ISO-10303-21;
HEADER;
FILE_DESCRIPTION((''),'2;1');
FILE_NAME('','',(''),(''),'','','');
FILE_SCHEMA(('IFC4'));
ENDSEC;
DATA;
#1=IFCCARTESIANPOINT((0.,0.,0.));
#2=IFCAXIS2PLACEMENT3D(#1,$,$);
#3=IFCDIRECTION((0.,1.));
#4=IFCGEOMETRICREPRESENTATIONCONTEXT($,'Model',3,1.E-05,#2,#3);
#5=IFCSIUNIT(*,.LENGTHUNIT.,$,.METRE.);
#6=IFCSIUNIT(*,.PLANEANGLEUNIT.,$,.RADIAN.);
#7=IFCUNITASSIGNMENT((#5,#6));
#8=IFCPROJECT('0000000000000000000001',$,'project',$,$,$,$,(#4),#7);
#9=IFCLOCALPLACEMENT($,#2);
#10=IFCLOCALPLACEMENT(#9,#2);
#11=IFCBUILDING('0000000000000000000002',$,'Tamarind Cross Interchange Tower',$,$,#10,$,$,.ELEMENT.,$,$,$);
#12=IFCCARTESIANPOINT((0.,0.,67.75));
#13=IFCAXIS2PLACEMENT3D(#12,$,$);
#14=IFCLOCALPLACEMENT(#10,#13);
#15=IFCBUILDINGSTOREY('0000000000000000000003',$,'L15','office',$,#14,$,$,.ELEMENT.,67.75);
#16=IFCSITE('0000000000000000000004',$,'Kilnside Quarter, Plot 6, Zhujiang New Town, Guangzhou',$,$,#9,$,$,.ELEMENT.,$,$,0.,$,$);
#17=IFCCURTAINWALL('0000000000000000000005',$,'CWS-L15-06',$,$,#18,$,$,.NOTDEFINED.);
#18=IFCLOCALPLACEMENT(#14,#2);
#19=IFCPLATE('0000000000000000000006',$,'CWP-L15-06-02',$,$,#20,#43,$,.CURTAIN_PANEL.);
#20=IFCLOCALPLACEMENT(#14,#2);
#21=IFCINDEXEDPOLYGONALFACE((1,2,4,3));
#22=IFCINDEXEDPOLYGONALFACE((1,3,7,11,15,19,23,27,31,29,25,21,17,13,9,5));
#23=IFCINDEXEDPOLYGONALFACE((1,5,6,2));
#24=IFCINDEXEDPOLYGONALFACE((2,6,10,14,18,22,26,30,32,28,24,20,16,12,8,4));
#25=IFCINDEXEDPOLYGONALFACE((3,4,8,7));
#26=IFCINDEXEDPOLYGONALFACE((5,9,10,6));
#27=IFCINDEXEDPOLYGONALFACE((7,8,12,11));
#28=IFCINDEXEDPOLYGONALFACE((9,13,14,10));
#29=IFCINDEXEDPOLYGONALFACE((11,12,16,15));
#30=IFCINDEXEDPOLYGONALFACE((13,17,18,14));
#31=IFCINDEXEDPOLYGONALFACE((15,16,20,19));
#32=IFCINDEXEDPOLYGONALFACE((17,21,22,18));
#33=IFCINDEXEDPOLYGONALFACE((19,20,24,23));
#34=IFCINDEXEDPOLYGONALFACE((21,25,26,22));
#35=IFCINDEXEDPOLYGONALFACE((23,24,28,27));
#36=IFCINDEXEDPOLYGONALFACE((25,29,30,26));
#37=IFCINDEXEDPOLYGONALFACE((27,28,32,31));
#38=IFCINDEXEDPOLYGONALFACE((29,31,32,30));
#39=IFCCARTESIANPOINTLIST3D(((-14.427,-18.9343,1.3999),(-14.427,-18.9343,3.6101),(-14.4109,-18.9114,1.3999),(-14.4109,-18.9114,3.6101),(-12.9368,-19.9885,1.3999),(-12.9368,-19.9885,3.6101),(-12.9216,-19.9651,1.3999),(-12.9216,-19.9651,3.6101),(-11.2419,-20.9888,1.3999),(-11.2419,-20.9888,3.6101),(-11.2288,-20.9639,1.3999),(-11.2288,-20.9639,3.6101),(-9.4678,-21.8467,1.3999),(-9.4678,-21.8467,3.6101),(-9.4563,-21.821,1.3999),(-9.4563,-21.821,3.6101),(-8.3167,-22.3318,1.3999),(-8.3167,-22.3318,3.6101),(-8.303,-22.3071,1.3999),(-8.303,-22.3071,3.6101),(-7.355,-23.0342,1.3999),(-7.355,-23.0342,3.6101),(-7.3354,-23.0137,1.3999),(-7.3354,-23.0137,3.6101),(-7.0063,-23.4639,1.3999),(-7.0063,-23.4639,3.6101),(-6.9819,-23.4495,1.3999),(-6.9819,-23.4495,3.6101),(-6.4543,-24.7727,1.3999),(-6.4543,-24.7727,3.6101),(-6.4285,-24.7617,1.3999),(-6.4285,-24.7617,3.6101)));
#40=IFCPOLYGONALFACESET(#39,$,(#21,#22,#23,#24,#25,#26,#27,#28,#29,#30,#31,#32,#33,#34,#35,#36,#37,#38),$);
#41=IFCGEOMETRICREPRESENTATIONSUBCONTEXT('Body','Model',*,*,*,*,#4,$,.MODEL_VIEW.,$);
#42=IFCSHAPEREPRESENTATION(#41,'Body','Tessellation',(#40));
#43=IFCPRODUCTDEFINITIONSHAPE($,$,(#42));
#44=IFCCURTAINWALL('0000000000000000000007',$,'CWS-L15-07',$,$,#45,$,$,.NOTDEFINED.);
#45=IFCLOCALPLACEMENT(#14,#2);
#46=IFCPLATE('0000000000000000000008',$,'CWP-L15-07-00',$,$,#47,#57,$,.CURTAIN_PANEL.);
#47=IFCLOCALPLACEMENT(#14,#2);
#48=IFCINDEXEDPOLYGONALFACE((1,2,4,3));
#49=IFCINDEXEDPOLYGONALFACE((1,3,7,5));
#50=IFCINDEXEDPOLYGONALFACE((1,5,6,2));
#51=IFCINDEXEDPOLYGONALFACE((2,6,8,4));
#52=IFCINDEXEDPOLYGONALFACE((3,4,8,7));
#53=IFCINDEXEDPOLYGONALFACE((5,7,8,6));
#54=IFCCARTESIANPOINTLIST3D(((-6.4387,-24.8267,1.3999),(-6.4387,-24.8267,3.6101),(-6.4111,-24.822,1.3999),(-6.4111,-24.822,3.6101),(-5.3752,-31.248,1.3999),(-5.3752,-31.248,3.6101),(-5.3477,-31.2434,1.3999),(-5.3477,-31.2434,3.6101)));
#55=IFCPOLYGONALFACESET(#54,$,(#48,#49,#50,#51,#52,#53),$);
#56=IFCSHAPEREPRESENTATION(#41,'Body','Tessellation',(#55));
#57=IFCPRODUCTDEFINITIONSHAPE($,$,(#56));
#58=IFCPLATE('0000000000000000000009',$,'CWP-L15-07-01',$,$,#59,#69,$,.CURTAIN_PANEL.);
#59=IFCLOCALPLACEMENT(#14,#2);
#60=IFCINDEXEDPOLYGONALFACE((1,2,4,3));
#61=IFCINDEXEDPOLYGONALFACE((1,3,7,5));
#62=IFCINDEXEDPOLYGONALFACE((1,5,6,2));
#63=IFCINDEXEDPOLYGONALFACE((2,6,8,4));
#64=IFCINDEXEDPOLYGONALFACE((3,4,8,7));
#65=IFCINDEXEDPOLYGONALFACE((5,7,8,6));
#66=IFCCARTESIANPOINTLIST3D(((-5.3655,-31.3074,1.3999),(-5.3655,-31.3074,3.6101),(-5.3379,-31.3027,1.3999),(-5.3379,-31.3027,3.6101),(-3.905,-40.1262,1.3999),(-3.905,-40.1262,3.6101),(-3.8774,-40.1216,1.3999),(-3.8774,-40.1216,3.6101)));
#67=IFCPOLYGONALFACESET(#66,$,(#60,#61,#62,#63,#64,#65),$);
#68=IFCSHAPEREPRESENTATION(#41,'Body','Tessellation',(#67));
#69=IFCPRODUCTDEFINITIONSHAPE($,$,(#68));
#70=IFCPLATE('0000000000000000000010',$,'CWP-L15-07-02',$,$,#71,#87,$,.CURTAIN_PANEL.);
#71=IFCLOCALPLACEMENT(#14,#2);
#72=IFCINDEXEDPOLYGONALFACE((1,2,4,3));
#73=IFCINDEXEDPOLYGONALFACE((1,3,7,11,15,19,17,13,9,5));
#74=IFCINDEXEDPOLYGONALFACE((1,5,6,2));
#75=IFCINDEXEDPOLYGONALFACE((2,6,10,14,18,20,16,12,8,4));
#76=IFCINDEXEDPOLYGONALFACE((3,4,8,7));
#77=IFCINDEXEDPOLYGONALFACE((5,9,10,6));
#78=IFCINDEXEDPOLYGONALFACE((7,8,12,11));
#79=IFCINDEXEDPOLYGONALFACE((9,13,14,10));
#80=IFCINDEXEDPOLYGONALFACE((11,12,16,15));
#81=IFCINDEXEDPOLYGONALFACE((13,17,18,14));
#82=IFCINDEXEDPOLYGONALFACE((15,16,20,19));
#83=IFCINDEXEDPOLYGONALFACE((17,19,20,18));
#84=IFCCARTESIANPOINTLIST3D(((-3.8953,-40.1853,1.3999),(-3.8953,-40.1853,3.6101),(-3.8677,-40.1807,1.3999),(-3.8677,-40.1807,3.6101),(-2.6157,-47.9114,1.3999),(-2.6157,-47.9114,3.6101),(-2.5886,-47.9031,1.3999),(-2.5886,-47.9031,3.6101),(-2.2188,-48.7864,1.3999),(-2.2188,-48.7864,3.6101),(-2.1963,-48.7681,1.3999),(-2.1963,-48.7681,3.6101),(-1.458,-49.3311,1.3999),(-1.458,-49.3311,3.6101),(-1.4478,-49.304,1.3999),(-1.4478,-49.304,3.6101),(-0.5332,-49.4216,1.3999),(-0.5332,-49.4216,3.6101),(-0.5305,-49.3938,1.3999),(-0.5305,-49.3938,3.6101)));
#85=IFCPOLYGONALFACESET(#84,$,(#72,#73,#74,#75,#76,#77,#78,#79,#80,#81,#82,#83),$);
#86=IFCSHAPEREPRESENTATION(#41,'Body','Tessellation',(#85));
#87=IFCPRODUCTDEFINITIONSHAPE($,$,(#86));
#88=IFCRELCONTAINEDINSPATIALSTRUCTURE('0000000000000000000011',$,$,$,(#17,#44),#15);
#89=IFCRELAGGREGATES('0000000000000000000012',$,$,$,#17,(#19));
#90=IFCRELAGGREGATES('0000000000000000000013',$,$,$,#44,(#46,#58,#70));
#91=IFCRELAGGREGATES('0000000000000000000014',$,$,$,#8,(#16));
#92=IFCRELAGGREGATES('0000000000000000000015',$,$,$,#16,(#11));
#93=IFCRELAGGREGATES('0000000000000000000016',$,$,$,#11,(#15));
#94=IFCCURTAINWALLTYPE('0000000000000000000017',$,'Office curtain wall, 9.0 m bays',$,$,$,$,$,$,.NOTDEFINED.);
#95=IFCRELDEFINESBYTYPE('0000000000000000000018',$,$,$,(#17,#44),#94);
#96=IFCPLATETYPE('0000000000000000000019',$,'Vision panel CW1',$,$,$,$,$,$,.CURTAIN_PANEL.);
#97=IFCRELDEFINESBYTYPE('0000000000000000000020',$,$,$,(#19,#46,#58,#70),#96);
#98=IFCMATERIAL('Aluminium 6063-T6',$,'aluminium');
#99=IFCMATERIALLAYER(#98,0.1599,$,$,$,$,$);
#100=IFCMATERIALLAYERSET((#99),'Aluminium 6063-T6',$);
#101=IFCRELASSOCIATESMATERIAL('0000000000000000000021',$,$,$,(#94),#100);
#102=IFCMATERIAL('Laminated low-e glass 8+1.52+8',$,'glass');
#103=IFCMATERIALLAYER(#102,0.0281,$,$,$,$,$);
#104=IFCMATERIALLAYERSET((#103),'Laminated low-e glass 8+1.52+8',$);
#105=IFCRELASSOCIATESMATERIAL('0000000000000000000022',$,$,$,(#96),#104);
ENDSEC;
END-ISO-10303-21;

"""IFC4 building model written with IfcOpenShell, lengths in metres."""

from ifc_helpers import new_model, si_unit, direction, frame, origin, place, context, subcontext, project, spatial, polyline, outline, extrude, material, layer, layer_set, type_object, element, aggregate, save


model = new_model("IFC4")

# Units and contexts
model_context = context("Model", 3, precision=1e-05, world=origin(), true_north=direction((0.0, 1.0)))
body_context = subcontext(model_context, "Body", "Model", "MODEL_VIEW")
ifc_project = project(units=[si_unit("LENGTHUNIT", "METRE"), si_unit("PLANEANGLEUNIT", "RADIAN")], contexts=[model_context])

# Site, building, storey
site_placement = place(None, origin())
site = spatial("IfcSite", under=ifc_project, at=site_placement, Name="Kilnside Quarter, Plot 6, Zhujiang New Town, Guangzhou", CompositionType="ELEMENT", RefElevation=0.0)
building_placement = place(site_placement, origin())
building = spatial("IfcBuilding", under=site, at=building_placement, Name="Tamarind Cross Interchange Tower", CompositionType="ELEMENT")
storey_placement = place(building_placement, frame((0.0, 0.0, 67.75)))
storey = spatial("IfcBuildingStorey", under=building, at=storey_placement, Name="L15", Description="office", CompositionType="ELEMENT", Elevation=67.75)

# Curtain wall
ifc_material_1 = material(Name="Aluminium 6063-T6", Category="aluminium")
ifc_layer_1 = layer(ifc_material_1, 0.1599)
ifc_layer_set_1 = layer_set([ifc_layer_1], Name="Aluminium 6063-T6")
curtain_wall_type = type_object("IfcCurtainWallType", Name="Office curtain wall, 9.0 m bays", PredefinedType="NOTDEFINED", material=ifc_layer_set_1)
curtain_wall_1_placement = place(storey_placement, origin())
curtain_wall_1 = element("IfcCurtainWall", 1, at=curtain_wall_1_placement, inside=storey, type_object=curtain_wall_type, Name="CWS-L15-06", PredefinedType="NOTDEFINED")

# Plate
ifc_material_2 = material(Name="Laminated low-e glass 8+1.52+8", Category="glass")
ifc_layer_2 = layer(ifc_material_2, 0.0281)
ifc_layer_set_2 = layer_set([ifc_layer_2], Name="Laminated low-e glass 8+1.52+8")
plate_type = type_object("IfcPlateType", Name="Vision panel CW1", PredefinedType="CURTAIN_PANEL", material=ifc_layer_set_2)
plate_1_placement = place(storey_placement, frame((0.0, 0.0, 1.3999)))
plate_1 = element("IfcPlate", 2, at=plate_1_placement, type_object=plate_type, Name="CWP-L15-06-02", PredefinedType="CURTAIN_PANEL", context=body_context, shape_type="SweptSolid", body=[
    extrude(outline(polyline([(-14.4109, -18.9114), (-12.9216, -19.9651), (-11.2288, -20.9639), (-9.4563, -21.821), (-8.303, -22.3071), (-7.3354, -23.0137), (-6.9819, -23.4495), (-6.4285, -24.7617), (-6.4543, -24.7727), (-7.0063, -23.4639), (-7.355, -23.0342), (-8.3167, -22.3318), (-9.4678, -21.8467), (-11.2419, -20.9888), (-12.9368, -19.9885), (-14.427, -18.9343), (-14.4109, -18.9114)])), origin(), (0.0, 0.0, 1.0), 2.2102),
])
aggregate(curtain_wall_1, [plate_1])

# Curtain wall, plates
curtain_wall_2_placement = place(storey_placement, origin())
curtain_wall_2 = element("IfcCurtainWall", 3, at=curtain_wall_2_placement, inside=storey, type_object=curtain_wall_type, Name="CWS-L15-07", PredefinedType="NOTDEFINED")
plate_2_placement = place(storey_placement, frame((0.0, 0.0, 1.3999)))
plate_2 = element("IfcPlate", 4, at=plate_2_placement, type_object=plate_type, Name="CWP-L15-07-00", PredefinedType="CURTAIN_PANEL", context=body_context, shape_type="SweptSolid", body=[
    extrude(outline(polyline([(-6.4111, -24.822), (-5.3477, -31.2434), (-5.3752, -31.248), (-6.4387, -24.8267), (-6.4111, -24.822)])), origin(), (0.0, 0.0, 1.0), 2.2102),
])
plate_3_placement = place(storey_placement, frame((0.0, 0.0, 1.3999)))
plate_3 = element("IfcPlate", 5, at=plate_3_placement, type_object=plate_type, Name="CWP-L15-07-01", PredefinedType="CURTAIN_PANEL", context=body_context, shape_type="SweptSolid", body=[
    extrude(outline(polyline([(-5.3379, -31.3027), (-3.8774, -40.1216), (-3.905, -40.1262), (-5.3655, -31.3074), (-5.3379, -31.3027)])), origin(), (0.0, 0.0, 1.0), 2.2102),
])
plate_4_placement = place(storey_placement, frame((0.0, 0.0, 1.3999)))
plate_4 = element("IfcPlate", 6, at=plate_4_placement, type_object=plate_type, Name="CWP-L15-07-02", PredefinedType="CURTAIN_PANEL", context=body_context, shape_type="SweptSolid", body=[
    extrude(outline(polyline([(-3.8677, -40.1807), (-2.5886, -47.9031), (-2.1963, -48.7681), (-1.4478, -49.304), (-0.5305, -49.3938), (-0.5332, -49.4216), (-1.458, -49.3311), (-2.2188, -48.7864), (-2.6157, -47.9114), (-3.8953, -40.1853), (-3.8677, -40.1807)])), origin(), (0.0, 0.0, 1.0), 2.2102),
])
aggregate(curtain_wall_2, [plate_2, plate_3, plate_4])

save(model, "model.ifc")
